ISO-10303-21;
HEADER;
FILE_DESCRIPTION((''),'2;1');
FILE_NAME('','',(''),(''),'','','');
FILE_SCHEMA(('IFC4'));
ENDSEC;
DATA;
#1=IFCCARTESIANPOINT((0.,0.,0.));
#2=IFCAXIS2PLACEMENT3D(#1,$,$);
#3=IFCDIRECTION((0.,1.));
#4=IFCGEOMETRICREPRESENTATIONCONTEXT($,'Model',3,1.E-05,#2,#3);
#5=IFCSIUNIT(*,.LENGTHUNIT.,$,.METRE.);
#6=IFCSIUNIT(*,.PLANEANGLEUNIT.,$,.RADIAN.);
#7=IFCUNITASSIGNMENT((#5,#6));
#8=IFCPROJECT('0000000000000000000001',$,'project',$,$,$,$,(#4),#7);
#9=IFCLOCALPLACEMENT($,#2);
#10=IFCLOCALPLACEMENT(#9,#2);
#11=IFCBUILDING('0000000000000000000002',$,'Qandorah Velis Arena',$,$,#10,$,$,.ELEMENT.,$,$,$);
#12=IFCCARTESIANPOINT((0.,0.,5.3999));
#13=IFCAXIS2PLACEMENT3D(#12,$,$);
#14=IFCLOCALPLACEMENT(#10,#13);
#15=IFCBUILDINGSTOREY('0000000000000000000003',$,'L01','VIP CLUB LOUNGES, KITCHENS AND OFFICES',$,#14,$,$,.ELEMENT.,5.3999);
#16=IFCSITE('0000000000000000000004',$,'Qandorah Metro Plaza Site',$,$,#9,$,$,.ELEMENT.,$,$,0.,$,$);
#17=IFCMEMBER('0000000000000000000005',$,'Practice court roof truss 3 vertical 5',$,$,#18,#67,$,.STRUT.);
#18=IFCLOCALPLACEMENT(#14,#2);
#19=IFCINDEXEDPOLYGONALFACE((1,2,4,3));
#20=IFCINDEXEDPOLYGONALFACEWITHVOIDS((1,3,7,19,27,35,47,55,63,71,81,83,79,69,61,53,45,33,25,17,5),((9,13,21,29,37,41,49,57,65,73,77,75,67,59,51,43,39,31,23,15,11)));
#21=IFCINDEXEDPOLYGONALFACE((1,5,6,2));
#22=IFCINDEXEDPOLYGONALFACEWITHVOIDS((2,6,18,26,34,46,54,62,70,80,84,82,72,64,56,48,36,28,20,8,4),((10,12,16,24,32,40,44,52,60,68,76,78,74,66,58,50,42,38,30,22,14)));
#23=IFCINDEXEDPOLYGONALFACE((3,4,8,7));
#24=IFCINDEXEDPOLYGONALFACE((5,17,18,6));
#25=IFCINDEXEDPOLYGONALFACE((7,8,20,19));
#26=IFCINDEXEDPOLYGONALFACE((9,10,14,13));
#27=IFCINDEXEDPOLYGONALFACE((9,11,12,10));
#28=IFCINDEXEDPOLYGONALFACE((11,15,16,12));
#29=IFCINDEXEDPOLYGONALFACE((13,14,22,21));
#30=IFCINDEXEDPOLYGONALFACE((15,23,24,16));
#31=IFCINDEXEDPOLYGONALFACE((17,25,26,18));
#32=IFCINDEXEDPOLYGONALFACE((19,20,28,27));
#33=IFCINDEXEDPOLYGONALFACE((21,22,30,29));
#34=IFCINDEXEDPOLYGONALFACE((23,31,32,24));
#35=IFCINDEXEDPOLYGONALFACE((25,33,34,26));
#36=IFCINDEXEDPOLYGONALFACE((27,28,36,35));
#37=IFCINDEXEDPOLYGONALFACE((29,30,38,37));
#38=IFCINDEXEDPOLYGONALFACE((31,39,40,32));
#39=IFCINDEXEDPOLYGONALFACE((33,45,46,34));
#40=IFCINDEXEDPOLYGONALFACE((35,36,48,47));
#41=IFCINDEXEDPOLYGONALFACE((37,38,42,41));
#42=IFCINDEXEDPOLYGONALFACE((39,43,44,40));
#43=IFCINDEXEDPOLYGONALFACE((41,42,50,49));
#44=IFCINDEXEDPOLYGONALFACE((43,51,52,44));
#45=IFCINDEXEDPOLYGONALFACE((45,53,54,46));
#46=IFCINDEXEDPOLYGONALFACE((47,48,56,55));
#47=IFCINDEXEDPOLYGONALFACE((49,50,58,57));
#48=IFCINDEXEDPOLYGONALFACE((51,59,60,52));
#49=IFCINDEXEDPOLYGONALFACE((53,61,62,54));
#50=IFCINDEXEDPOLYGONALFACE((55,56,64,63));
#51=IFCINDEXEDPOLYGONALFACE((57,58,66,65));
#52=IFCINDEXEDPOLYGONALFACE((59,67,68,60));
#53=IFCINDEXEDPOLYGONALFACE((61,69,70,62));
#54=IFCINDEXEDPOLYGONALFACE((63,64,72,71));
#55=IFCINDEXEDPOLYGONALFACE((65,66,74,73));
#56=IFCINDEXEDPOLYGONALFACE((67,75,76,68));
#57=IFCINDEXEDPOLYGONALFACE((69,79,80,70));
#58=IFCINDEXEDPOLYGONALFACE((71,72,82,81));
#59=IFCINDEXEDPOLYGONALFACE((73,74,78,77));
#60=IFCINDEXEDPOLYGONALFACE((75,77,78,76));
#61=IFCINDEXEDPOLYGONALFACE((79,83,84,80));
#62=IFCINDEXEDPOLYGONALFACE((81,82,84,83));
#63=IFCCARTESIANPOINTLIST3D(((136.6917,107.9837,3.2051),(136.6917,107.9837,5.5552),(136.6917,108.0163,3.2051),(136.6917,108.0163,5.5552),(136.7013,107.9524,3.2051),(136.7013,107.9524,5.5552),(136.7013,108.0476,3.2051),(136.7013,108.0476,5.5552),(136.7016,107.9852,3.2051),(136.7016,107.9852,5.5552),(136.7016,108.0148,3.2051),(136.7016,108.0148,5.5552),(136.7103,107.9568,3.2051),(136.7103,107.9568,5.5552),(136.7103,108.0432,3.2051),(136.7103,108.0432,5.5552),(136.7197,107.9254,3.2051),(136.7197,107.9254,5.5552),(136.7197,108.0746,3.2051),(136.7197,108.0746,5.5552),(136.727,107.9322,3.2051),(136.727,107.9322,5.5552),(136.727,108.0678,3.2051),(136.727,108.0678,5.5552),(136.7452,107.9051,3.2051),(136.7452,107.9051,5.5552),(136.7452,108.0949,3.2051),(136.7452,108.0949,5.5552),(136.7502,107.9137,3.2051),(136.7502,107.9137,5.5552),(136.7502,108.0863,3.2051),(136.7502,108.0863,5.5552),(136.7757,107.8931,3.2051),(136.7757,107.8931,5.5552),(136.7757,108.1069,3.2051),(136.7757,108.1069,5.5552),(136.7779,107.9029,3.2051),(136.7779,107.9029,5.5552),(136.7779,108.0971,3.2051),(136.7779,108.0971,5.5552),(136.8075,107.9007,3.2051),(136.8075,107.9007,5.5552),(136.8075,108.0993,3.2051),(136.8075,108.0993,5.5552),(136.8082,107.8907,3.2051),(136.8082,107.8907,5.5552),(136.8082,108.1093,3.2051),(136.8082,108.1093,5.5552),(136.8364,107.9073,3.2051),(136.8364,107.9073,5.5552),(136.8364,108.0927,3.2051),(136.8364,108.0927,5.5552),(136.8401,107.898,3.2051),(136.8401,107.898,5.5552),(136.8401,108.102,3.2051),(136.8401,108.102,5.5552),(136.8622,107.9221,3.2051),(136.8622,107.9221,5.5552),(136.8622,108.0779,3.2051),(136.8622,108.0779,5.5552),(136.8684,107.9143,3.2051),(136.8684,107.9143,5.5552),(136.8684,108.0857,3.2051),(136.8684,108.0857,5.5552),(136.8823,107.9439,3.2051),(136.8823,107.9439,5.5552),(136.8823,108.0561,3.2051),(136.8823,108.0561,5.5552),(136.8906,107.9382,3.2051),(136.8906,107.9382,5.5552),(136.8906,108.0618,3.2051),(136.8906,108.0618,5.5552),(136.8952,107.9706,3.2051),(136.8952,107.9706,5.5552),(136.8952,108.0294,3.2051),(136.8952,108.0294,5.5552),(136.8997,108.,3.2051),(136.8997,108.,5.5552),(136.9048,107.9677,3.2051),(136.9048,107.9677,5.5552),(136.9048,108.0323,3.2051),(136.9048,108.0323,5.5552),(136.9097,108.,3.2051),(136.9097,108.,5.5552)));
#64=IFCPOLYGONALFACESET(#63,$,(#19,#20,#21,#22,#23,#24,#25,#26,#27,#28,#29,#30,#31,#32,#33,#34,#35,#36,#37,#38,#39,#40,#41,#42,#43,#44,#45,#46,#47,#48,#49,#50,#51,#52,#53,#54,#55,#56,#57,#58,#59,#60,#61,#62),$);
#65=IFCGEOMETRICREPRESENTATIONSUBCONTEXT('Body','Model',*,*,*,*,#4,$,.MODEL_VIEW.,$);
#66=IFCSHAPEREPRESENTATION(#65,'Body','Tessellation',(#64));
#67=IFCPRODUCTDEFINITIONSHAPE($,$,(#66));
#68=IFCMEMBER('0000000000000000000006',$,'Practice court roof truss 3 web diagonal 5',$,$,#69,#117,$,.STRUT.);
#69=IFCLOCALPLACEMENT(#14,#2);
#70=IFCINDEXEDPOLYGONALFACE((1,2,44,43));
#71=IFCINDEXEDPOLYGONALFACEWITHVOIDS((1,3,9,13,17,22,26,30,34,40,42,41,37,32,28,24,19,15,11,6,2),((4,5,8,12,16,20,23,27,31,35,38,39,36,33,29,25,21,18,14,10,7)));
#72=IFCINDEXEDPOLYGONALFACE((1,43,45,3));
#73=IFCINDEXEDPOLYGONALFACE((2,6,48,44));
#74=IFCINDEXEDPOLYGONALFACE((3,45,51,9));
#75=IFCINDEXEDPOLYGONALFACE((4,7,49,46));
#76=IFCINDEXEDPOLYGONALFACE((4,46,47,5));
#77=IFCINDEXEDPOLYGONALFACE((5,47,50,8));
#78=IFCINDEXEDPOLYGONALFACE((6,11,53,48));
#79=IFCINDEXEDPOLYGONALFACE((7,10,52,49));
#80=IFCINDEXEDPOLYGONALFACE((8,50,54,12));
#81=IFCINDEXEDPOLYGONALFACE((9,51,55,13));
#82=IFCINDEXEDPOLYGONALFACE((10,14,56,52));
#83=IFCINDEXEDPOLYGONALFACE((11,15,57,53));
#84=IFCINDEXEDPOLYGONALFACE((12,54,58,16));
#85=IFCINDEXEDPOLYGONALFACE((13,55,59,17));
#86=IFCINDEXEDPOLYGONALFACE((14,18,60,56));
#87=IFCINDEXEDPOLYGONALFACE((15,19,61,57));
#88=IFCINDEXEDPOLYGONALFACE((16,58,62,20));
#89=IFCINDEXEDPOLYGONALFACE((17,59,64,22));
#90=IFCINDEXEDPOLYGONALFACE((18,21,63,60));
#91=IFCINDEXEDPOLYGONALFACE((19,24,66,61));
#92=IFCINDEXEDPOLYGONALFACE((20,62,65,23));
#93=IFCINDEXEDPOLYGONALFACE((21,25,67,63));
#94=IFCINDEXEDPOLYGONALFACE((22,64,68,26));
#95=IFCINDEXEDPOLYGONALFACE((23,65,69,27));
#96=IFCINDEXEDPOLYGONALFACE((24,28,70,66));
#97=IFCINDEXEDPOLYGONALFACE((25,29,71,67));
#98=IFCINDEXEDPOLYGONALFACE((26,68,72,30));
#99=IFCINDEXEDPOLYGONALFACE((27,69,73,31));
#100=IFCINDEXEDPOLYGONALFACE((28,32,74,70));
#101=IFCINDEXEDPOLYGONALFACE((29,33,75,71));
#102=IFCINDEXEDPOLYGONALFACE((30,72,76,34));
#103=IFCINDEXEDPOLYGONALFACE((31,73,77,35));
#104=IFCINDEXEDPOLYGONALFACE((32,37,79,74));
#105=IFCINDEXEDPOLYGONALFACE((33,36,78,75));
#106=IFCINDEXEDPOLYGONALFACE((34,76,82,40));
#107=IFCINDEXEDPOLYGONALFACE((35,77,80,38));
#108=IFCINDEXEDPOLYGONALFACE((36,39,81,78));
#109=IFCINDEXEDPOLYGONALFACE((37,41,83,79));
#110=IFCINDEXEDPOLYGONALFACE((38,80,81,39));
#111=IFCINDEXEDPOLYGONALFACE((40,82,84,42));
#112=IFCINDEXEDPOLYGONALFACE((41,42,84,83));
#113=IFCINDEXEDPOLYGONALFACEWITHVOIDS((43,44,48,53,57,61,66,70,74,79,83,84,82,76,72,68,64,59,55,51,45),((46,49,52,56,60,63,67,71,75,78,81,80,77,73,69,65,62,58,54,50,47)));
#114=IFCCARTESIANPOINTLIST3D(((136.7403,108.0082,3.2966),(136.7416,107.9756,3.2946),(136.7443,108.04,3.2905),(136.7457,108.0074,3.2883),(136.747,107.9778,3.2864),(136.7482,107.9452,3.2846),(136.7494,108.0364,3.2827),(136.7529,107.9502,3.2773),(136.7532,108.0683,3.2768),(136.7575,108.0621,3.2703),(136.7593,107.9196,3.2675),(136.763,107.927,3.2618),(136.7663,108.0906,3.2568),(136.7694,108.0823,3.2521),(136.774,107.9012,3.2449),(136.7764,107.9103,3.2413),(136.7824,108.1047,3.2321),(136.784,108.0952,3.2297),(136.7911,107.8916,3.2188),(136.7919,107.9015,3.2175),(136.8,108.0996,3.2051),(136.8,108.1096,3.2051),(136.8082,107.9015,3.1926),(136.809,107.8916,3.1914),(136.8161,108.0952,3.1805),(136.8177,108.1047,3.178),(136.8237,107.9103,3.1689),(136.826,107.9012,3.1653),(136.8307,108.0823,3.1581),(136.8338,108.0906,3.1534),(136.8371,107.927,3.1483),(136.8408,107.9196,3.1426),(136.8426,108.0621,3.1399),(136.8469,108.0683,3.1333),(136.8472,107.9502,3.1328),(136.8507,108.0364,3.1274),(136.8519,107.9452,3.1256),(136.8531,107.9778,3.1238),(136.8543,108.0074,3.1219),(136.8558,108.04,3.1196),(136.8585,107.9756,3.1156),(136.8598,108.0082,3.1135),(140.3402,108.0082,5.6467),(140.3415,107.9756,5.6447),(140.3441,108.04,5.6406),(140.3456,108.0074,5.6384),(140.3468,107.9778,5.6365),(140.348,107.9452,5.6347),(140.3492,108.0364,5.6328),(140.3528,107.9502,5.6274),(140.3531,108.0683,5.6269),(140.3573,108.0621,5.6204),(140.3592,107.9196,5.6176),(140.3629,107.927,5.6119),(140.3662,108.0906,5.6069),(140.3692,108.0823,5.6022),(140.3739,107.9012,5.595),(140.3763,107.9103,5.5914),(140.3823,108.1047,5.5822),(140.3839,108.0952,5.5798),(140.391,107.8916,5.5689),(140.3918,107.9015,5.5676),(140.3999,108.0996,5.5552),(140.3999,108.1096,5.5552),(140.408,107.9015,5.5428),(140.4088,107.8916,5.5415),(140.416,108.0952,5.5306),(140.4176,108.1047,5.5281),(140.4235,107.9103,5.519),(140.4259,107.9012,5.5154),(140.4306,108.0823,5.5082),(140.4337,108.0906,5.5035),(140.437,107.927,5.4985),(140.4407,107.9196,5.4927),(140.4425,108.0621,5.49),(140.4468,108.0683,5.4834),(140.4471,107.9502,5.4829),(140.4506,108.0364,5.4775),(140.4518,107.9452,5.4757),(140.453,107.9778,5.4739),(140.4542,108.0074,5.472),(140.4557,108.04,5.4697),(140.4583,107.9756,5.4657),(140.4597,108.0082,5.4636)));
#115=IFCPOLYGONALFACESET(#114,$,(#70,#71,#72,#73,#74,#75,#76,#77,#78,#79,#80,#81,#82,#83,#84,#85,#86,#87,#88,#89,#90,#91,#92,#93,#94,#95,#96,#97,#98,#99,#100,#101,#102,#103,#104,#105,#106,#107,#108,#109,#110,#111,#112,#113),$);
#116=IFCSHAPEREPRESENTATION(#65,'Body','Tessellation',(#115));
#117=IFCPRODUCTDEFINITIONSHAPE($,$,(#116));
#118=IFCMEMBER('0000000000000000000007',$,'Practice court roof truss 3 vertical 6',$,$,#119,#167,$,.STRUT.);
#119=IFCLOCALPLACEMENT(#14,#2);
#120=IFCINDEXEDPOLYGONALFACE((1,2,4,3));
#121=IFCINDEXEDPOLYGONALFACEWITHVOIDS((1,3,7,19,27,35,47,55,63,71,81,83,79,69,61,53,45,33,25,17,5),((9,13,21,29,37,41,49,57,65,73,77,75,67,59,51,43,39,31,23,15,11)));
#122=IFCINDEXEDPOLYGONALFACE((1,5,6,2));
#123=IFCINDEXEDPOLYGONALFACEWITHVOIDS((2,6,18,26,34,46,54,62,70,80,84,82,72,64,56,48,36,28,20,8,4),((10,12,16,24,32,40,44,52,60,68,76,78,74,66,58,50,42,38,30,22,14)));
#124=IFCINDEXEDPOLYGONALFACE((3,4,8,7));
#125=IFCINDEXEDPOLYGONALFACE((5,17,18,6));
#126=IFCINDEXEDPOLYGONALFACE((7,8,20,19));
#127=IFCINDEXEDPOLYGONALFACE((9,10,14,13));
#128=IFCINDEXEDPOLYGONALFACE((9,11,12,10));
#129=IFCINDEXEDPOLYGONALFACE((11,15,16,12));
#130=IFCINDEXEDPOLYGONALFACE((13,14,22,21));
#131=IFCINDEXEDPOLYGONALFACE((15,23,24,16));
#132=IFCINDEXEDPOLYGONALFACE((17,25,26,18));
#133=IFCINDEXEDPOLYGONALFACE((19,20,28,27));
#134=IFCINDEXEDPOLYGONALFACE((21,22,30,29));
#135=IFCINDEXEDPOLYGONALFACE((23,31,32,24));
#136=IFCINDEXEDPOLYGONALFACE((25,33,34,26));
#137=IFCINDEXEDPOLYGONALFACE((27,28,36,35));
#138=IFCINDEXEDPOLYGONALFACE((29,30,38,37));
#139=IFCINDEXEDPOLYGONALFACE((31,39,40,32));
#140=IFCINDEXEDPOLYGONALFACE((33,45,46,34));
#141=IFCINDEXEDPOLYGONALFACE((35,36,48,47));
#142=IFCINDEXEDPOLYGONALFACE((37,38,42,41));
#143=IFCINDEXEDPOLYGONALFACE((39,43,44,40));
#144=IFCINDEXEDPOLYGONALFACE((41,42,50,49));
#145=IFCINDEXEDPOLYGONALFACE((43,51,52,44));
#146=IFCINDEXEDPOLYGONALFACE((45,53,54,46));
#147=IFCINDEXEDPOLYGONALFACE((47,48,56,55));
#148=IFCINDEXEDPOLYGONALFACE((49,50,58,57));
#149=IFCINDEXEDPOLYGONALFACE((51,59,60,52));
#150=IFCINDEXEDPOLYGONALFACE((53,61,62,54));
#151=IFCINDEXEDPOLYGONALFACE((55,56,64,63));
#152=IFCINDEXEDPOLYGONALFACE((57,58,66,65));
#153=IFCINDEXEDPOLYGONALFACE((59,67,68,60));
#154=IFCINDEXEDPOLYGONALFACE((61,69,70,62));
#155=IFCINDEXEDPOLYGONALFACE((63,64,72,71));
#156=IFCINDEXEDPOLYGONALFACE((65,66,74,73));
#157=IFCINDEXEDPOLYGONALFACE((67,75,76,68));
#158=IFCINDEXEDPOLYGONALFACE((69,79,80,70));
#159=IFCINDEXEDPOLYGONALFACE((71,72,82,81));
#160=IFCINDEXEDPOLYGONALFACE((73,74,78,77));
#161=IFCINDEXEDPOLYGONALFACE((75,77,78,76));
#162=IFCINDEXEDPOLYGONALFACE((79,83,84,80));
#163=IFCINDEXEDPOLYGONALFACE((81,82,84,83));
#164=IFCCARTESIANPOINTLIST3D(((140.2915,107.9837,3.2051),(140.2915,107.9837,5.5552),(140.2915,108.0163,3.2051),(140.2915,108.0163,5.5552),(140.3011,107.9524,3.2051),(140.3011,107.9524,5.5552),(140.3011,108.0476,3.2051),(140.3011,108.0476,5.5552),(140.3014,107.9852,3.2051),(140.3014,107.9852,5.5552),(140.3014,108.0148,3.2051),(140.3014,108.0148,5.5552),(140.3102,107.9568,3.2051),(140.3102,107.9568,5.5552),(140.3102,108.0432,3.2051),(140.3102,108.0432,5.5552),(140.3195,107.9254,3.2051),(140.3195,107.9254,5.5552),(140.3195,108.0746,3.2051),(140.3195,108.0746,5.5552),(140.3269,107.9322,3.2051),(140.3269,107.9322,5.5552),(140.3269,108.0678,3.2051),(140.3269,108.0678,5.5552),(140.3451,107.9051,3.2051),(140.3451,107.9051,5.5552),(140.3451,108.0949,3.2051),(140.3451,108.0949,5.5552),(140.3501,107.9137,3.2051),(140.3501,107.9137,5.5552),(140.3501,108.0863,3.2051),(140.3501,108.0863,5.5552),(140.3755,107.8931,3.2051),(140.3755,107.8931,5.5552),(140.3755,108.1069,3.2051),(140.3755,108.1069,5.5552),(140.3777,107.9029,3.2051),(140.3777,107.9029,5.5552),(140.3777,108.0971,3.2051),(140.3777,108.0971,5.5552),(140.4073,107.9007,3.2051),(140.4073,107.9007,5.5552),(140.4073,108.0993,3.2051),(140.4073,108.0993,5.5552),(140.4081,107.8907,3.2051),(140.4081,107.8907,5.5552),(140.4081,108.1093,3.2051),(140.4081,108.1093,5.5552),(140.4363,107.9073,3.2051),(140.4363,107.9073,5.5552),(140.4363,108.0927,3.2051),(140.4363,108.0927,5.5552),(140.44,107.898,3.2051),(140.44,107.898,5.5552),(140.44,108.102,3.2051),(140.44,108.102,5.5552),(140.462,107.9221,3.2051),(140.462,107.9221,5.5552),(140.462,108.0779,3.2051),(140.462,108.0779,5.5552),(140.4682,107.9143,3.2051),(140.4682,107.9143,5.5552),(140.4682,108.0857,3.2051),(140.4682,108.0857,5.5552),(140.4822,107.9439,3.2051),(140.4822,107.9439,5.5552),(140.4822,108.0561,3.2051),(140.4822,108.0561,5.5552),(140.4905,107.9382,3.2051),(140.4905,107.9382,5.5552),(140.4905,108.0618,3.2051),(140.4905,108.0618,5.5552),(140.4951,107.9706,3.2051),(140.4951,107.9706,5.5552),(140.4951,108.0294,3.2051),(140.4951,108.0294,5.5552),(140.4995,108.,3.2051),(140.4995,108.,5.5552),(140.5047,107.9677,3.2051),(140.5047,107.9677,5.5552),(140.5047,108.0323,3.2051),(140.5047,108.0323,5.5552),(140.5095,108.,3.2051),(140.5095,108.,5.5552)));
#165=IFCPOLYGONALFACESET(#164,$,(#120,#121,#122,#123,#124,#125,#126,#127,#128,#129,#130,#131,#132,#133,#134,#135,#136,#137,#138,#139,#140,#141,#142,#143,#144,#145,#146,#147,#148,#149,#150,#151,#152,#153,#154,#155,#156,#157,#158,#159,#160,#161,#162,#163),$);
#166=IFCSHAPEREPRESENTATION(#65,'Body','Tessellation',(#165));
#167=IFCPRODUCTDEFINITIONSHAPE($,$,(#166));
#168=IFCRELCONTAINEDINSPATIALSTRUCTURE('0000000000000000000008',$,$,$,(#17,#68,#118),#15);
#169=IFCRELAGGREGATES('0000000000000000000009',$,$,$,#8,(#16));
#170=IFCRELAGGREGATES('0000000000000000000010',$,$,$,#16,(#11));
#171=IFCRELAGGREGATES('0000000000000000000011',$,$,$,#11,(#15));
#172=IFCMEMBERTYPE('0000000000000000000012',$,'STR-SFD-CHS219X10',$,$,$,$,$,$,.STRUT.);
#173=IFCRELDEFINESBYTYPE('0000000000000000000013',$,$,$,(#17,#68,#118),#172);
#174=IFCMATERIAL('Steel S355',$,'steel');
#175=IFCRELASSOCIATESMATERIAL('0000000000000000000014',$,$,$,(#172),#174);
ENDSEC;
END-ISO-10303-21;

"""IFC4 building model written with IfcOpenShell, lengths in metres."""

from ifc_helpers import new_model, si_unit, direction, frame, origin, origin_2d, place, context, subcontext, project, spatial, hollow_circle, extrude, material, material_profile, profile_set, type_object, element, save


model = new_model("IFC4")

# Units and contexts
model_context = context("Model", 3, precision=1e-05, world=origin(), true_north=direction((0.0, 1.0)))
body_context = subcontext(model_context, "Body", "Model", "MODEL_VIEW")
ifc_project = project(units=[si_unit("LENGTHUNIT", "METRE"), si_unit("PLANEANGLEUNIT", "RADIAN")], contexts=[model_context])

# Site, building, storey
site_placement = place(None, origin())
site = spatial("IfcSite", under=ifc_project, at=site_placement, Name="Qandorah Metro Plaza Site", CompositionType="ELEMENT", RefElevation=0.0)
building_placement = place(site_placement, origin())
building = spatial("IfcBuilding", under=site, at=building_placement, Name="Qandorah Velis Arena", CompositionType="ELEMENT")
storey_placement = place(building_placement, frame((0.0, 0.0, 5.3999)))
storey = spatial("IfcBuildingStorey", under=building, at=storey_placement, Name="L01", Description="VIP CLUB LOUNGES, KITCHENS AND OFFICES", CompositionType="ELEMENT", Elevation=5.3999)

# Members
ifc_material = material(Name="Steel S355", Category="steel")
ifc_material_profile = material_profile(ifc_material, hollow_circle(Radius=0.1096, WallThickness=0.01, at=origin_2d()), Name="CHS 219.1x10")
ifc_profile_set = profile_set([ifc_material_profile], Name="Steel S355")
member_type = type_object("IfcMemberType", Name="STR-SFD-CHS219X10", PredefinedType="STRUT", material=ifc_profile_set)
member_1_placement = place(storey_placement, frame((136.8, 108.0, 3.2051), z_axis=(0.0, 0.0, 1.0), x_axis=(1.0, 0.0, 0.0)))
element("IfcMember", 1, at=member_1_placement, inside=storey, type_object=member_type, Name="Practice court roof truss 3 vertical 5", PredefinedType="STRUT", context=body_context, shape_type="SweptSolid", body=[
    extrude(hollow_circle(Radius=0.1096, WallThickness=0.01, at=origin_2d()), origin(), (0.0, 0.0, 1.0), 2.3501),
])
member_2_placement = place(storey_placement, frame((136.8, 108.0, 3.2051), z_axis=(0.837359, 0.0, 0.546654), x_axis=(0.0, 1.0, 0.0)))
element("IfcMember", 2, at=member_2_placement, inside=storey, type_object=member_type, Name="Practice court roof truss 3 web diagonal 5", PredefinedType="STRUT", context=body_context, shape_type="SweptSolid", body=[
    extrude(hollow_circle(Radius=0.1096, WallThickness=0.01, at=origin_2d()), origin(), (0.0, 0.0, 1.0), 4.2991),
])
member_3_placement = place(storey_placement, frame((140.3999, 108.0, 3.2051), z_axis=(0.0, 0.0, 1.0), x_axis=(1.0, 0.0, 0.0)))
element("IfcMember", 3, at=member_3_placement, inside=storey, type_object=member_type, Name="Practice court roof truss 3 vertical 6", PredefinedType="STRUT", context=body_context, shape_type="SweptSolid", body=[
    extrude(hollow_circle(Radius=0.1096, WallThickness=0.01, at=origin_2d()), origin(), (0.0, 0.0, 1.0), 2.3501),
])

save(model, "model.ifc")
